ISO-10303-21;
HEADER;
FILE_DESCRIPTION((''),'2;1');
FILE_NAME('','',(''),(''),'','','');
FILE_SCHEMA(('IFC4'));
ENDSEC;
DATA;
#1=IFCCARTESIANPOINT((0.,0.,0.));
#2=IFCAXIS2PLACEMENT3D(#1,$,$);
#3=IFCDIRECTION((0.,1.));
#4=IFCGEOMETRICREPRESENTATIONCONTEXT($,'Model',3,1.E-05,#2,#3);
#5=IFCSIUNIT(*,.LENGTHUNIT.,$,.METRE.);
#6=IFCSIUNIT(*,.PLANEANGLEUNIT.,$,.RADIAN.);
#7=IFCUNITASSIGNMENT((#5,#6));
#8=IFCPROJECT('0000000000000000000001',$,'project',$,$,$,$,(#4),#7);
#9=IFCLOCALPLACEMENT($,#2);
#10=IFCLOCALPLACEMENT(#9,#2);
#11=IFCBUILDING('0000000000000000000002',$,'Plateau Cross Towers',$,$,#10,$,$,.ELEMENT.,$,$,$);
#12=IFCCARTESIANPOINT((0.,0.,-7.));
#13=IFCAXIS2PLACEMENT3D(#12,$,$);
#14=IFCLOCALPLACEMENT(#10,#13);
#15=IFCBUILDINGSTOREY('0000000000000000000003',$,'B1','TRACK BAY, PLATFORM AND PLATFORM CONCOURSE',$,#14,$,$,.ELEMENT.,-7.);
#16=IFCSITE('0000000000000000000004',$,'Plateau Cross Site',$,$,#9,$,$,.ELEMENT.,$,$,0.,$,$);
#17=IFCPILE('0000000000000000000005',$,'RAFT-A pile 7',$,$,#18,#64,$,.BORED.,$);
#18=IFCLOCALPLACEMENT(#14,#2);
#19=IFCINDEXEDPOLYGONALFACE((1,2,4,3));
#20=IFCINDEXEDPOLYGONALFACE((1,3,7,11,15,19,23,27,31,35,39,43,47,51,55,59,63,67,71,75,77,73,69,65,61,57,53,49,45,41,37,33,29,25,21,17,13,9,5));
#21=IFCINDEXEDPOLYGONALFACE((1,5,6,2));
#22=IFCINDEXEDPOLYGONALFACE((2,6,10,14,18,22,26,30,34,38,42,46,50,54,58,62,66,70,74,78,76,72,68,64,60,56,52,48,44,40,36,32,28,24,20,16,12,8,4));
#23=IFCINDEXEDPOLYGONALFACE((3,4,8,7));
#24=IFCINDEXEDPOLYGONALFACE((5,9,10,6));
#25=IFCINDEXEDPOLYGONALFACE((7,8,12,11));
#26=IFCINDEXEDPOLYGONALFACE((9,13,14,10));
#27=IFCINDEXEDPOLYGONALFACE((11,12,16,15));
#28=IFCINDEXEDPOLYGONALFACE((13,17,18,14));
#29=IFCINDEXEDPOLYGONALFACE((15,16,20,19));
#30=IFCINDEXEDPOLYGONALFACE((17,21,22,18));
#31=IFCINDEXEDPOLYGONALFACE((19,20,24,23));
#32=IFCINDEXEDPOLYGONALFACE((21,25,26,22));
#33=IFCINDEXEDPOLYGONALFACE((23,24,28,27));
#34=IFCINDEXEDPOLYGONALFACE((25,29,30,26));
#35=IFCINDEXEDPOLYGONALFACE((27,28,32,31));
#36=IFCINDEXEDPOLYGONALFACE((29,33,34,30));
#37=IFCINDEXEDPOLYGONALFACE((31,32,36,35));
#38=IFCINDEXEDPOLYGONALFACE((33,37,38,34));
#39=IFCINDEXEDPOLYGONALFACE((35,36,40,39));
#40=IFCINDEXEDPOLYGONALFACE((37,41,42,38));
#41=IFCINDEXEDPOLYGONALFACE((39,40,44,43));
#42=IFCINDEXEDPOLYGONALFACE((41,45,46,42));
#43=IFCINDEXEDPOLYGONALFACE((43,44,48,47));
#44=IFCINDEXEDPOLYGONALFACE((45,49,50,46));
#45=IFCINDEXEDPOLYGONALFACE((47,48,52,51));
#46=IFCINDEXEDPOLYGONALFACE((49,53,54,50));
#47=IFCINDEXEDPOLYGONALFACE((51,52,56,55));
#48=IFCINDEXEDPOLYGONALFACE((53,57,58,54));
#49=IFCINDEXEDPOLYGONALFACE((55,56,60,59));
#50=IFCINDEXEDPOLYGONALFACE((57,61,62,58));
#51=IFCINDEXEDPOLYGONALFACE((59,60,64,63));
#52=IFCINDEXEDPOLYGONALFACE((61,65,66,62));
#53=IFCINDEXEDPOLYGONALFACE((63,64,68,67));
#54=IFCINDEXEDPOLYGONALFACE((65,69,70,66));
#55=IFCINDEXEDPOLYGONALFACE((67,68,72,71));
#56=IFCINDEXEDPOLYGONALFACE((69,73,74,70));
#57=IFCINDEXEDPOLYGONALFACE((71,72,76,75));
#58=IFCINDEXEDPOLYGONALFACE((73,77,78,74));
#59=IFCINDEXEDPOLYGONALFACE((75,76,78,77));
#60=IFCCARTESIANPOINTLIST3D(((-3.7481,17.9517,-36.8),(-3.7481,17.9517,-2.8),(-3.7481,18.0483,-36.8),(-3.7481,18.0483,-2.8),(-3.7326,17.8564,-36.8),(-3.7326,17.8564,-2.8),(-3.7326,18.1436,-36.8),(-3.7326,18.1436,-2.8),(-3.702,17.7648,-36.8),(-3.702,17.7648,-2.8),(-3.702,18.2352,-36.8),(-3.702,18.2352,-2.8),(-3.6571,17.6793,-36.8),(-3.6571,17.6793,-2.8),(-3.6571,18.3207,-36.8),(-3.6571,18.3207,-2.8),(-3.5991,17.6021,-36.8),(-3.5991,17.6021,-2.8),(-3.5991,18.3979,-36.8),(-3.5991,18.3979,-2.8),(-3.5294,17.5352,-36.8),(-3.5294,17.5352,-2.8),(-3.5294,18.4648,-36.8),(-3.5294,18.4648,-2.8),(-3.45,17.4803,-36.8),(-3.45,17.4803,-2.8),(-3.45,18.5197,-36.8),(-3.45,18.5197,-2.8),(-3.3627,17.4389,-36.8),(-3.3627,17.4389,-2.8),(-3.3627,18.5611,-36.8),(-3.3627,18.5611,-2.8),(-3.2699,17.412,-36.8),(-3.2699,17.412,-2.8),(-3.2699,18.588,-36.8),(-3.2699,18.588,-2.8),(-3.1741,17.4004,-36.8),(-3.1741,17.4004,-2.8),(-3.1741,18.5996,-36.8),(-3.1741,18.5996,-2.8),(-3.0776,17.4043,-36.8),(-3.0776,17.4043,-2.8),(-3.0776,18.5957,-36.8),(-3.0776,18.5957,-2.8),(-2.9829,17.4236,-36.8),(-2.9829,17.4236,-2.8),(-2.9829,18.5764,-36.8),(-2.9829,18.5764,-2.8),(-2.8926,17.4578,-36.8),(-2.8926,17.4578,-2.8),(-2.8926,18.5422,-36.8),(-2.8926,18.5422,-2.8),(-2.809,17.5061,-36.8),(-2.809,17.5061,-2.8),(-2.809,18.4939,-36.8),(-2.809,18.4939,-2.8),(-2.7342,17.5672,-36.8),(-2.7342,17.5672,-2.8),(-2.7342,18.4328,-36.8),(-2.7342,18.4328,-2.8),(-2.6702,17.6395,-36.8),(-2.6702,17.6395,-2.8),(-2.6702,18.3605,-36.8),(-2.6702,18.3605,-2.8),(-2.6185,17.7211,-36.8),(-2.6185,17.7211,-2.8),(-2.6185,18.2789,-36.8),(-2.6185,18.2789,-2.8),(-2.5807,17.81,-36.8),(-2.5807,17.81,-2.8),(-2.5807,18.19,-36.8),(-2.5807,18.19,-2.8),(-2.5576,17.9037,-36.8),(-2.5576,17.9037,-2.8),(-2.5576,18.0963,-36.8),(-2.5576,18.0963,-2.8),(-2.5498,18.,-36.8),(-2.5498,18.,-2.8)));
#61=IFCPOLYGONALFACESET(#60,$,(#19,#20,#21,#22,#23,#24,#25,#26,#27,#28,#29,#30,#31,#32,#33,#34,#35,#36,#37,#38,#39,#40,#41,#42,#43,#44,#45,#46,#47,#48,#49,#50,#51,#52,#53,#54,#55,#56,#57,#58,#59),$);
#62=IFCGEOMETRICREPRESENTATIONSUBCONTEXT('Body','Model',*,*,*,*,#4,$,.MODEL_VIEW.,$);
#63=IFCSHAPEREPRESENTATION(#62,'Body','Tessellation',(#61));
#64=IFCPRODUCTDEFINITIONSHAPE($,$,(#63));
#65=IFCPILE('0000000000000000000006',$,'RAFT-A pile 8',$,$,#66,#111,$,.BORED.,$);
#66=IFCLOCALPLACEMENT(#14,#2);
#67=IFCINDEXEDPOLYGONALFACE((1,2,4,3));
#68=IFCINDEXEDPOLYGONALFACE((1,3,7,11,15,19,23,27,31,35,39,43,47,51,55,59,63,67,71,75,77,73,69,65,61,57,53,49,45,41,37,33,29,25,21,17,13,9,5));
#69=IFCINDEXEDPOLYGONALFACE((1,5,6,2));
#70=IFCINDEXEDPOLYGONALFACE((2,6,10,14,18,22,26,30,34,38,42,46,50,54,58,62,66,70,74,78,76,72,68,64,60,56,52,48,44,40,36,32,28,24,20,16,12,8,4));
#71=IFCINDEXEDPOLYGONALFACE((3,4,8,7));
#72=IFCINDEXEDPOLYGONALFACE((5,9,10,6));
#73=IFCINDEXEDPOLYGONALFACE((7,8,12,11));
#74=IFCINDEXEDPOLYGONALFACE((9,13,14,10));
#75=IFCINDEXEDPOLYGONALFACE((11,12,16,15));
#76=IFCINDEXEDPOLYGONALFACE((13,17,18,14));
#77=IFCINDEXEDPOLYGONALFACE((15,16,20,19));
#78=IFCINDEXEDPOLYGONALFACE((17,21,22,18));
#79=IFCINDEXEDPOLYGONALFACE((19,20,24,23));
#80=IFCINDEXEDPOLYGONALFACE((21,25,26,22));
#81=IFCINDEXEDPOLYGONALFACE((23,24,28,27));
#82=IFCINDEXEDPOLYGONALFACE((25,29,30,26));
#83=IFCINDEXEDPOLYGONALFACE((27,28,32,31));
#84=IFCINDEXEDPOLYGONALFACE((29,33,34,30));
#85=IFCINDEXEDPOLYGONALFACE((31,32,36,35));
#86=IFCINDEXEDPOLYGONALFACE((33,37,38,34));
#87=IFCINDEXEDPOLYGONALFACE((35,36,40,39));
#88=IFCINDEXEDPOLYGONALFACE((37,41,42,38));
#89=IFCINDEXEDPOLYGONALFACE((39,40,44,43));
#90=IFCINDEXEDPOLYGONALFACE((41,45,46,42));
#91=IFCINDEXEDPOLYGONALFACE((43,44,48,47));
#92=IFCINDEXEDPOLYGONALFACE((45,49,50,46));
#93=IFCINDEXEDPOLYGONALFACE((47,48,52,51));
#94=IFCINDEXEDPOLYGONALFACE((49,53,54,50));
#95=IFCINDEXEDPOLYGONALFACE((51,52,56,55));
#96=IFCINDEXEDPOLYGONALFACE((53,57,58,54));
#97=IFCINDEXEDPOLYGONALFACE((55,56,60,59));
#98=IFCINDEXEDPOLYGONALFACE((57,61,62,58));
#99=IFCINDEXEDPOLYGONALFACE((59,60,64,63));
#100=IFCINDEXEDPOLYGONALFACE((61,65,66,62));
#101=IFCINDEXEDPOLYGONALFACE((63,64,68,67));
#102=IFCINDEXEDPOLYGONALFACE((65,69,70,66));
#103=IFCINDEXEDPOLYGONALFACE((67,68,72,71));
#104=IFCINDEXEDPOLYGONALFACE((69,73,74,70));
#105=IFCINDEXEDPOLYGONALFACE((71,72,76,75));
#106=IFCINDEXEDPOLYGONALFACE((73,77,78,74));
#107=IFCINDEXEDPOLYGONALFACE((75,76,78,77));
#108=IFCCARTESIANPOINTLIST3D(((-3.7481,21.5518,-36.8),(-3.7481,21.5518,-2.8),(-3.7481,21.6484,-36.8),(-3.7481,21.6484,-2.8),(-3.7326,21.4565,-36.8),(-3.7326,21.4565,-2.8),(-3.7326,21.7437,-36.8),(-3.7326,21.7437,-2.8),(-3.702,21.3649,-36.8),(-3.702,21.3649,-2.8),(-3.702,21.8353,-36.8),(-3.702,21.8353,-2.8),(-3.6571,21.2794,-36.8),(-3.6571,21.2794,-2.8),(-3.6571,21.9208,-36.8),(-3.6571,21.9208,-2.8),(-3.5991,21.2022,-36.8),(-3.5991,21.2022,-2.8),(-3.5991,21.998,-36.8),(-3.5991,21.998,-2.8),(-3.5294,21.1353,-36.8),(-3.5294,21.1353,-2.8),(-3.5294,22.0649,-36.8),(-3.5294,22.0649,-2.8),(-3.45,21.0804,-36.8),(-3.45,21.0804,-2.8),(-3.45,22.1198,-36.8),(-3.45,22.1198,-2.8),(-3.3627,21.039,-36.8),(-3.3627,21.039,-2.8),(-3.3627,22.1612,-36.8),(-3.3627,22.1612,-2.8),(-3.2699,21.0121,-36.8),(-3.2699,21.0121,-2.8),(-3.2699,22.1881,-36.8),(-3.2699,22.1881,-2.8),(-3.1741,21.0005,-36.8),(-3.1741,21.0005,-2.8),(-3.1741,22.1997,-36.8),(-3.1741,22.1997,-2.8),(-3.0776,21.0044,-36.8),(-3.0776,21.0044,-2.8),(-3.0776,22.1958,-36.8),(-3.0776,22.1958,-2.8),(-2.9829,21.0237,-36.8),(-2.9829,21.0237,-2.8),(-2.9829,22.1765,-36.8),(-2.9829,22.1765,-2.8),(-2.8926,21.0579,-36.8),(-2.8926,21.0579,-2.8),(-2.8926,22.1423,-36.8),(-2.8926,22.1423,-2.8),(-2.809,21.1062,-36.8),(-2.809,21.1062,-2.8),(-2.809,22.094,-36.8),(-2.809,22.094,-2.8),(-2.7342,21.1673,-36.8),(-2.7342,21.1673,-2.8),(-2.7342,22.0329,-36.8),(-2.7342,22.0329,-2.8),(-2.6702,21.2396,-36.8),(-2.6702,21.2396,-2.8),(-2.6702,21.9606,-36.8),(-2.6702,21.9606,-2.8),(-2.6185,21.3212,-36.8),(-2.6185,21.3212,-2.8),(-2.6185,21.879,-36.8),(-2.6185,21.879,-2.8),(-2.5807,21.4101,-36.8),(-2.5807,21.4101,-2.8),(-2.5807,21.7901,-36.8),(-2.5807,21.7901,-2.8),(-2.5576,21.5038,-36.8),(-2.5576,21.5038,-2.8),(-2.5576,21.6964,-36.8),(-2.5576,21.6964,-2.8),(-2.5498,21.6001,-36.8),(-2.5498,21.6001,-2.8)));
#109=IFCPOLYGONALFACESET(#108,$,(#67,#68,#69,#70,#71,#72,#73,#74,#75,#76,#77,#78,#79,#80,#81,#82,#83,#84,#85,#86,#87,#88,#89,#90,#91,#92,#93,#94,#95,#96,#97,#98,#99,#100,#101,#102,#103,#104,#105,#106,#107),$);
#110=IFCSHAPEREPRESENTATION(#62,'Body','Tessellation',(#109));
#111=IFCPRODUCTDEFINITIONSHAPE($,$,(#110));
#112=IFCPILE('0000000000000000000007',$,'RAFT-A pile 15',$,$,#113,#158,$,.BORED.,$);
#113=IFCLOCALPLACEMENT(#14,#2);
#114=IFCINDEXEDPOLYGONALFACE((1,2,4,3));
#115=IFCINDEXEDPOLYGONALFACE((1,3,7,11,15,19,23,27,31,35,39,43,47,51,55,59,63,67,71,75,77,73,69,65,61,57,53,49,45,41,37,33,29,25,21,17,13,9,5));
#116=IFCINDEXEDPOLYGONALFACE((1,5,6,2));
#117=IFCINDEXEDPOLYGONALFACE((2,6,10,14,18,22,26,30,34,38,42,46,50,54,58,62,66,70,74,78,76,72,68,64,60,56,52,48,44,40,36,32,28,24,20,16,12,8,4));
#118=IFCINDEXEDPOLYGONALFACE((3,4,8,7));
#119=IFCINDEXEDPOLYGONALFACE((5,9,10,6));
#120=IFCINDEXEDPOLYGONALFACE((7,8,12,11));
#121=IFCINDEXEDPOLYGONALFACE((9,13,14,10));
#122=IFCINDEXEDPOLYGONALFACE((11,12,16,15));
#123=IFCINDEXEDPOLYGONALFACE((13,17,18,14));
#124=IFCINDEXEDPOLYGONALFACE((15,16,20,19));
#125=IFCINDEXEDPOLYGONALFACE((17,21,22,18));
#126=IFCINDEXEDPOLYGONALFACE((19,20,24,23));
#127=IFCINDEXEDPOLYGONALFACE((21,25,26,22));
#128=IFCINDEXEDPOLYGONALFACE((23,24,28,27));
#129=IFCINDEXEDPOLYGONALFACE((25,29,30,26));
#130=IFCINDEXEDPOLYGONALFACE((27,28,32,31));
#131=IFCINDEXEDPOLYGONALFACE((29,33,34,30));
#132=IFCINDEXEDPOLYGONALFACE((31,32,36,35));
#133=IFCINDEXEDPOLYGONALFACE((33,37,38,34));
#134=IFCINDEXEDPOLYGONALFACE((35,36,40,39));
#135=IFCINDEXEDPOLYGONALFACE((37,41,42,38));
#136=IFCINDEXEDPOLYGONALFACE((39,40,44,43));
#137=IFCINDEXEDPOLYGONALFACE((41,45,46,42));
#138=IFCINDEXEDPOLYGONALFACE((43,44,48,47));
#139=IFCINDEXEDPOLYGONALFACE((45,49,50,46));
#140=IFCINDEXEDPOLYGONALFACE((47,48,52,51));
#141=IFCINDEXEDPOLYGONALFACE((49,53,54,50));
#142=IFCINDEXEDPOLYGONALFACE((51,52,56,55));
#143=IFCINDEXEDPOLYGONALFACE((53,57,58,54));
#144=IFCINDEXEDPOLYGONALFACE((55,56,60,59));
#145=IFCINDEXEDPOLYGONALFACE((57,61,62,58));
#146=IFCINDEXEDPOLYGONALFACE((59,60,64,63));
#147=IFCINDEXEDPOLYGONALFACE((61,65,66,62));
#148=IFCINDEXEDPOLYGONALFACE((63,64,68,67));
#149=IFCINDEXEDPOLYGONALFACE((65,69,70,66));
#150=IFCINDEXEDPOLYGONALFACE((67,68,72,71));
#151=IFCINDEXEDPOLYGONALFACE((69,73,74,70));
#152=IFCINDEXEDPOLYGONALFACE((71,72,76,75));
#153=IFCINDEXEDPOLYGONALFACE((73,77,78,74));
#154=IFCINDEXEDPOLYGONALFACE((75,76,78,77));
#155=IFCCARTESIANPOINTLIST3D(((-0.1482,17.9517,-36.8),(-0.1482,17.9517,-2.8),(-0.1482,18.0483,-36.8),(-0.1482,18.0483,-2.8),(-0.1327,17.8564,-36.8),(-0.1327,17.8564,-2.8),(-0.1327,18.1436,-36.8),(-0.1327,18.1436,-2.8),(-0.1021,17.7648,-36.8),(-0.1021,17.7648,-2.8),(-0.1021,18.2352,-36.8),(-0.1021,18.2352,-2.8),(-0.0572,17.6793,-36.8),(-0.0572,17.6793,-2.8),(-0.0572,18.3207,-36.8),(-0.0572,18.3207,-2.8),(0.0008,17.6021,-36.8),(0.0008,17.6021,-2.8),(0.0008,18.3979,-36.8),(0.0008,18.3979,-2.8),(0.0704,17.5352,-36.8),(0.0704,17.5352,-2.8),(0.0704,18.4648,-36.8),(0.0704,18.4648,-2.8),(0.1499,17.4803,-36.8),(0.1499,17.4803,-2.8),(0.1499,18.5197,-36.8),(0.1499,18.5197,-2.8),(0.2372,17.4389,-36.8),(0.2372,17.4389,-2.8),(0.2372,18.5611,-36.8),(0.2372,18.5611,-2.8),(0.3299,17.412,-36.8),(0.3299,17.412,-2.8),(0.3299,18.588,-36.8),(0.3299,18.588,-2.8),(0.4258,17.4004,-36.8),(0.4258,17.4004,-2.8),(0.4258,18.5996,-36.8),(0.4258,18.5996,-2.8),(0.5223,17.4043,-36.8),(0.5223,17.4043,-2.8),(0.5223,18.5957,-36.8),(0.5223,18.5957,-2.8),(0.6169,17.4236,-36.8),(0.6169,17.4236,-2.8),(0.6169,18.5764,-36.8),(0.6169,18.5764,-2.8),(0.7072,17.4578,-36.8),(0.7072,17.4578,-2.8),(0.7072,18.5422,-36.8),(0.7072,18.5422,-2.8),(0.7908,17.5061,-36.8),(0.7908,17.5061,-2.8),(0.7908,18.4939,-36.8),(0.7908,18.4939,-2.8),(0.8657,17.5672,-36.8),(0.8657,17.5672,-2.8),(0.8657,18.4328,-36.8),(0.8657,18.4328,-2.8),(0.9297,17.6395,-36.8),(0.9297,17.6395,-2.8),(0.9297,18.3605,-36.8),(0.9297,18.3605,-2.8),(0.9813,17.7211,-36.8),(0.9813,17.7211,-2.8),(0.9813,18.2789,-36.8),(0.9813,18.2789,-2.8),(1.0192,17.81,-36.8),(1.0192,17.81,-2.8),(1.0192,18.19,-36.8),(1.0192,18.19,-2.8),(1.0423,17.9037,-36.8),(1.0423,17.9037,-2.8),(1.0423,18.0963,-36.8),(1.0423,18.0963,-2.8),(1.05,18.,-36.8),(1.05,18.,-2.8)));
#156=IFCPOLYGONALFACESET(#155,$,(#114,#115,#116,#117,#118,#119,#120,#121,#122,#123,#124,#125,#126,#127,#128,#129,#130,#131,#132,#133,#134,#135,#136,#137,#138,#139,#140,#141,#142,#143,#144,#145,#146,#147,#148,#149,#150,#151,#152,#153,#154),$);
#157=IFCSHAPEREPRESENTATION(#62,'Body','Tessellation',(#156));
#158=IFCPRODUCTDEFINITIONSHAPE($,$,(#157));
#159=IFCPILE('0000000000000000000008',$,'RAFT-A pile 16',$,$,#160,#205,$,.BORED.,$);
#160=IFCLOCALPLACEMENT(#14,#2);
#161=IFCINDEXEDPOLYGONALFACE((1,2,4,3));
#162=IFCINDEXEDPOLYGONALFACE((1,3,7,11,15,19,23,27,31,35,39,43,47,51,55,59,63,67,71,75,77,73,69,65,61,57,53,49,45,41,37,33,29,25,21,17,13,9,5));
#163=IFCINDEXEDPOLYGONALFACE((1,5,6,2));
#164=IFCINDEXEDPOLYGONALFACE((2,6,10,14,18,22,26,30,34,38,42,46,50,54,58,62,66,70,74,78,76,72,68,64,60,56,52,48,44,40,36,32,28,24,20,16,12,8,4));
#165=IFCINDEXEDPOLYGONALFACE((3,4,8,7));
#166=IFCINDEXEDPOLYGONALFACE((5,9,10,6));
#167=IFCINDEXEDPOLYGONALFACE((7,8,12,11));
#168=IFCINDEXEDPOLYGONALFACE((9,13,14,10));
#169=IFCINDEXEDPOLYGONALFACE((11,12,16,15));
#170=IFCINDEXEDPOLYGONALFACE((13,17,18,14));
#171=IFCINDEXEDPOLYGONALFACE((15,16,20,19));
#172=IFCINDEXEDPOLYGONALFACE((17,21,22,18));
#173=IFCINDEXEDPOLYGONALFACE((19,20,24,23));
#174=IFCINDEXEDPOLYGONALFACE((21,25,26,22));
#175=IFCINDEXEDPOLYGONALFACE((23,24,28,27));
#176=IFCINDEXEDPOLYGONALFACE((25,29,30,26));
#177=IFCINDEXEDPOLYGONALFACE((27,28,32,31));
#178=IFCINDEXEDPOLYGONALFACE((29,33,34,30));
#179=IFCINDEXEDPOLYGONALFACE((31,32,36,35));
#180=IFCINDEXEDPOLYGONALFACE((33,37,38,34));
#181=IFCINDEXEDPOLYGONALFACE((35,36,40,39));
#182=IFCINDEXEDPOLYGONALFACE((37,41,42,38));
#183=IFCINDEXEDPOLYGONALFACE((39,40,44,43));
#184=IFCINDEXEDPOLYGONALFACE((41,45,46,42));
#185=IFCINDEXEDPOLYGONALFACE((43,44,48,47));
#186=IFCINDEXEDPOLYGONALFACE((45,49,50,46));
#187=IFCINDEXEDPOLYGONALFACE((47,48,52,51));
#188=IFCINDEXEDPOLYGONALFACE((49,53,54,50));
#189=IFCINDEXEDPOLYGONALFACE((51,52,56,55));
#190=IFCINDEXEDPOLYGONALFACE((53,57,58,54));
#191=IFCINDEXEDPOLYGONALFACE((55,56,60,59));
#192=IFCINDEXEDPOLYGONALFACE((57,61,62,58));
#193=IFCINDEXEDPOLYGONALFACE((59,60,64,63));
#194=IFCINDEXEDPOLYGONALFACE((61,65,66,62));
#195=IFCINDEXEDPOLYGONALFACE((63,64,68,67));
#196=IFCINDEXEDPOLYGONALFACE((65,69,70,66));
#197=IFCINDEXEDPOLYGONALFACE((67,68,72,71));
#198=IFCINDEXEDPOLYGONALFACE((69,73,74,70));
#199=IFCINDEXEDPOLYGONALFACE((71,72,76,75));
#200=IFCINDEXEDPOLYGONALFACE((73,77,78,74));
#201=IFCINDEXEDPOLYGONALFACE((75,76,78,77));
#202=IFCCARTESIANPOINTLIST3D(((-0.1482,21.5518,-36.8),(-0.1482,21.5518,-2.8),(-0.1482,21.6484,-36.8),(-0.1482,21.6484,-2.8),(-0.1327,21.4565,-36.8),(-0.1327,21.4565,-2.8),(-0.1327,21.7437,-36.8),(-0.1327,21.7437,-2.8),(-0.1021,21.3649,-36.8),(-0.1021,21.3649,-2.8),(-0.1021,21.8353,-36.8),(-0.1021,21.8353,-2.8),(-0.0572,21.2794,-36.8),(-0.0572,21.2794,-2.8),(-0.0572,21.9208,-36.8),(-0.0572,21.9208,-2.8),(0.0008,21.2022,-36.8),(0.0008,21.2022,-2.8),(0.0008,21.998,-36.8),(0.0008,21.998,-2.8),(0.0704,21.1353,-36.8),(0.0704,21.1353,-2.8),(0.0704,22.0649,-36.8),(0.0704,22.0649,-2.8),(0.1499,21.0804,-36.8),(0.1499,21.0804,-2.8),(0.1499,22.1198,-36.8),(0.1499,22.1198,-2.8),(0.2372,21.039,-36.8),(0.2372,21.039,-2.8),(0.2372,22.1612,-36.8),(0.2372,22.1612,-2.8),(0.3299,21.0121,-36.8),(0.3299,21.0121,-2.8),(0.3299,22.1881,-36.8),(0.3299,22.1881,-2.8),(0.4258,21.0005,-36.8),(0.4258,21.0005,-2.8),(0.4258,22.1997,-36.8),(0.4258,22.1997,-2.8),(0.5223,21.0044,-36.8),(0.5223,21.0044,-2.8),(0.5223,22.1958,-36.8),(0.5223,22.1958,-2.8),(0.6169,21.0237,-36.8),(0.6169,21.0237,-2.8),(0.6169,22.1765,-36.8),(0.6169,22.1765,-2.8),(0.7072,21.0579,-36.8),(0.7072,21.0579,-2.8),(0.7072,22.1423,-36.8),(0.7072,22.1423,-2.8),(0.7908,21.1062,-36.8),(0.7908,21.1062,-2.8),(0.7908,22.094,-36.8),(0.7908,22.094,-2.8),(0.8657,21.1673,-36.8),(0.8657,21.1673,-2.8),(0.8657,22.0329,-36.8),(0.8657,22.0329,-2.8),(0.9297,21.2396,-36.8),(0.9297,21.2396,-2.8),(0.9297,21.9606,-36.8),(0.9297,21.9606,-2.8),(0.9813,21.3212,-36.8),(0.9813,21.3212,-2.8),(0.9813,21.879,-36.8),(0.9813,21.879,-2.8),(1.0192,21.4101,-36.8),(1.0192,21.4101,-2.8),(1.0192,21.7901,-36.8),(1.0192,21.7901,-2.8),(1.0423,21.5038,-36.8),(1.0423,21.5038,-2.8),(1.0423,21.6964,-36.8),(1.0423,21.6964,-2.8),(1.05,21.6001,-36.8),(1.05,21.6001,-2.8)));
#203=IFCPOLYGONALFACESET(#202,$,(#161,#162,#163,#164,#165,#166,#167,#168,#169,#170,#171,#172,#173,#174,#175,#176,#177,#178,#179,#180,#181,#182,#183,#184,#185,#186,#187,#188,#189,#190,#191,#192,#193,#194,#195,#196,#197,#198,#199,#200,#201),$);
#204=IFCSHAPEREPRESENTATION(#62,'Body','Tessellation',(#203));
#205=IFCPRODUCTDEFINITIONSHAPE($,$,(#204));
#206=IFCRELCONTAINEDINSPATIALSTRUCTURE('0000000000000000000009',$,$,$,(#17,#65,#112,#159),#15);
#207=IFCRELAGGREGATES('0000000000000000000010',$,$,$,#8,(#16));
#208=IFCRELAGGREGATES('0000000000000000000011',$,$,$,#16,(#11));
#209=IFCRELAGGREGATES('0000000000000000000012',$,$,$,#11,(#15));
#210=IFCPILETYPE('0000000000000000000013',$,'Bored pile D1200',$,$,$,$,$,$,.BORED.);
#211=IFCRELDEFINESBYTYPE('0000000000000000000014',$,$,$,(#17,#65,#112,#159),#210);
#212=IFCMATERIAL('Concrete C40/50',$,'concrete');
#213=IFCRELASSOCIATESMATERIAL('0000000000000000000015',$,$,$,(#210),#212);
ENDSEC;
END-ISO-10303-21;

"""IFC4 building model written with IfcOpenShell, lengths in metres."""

from ifc_helpers import new_model, si_unit, direction, frame, origin, origin_2d, place, context, subcontext, project, spatial, circle, extrude, material, material_profile, profile_set, type_object, element, save


model = new_model("IFC4")

# Units and contexts
model_context = context("Model", 3, precision=1e-05, world=origin(), true_north=direction((0.0, 1.0)))
body_context = subcontext(model_context, "Body", "Model", "MODEL_VIEW")
ifc_project = project(units=[si_unit("LENGTHUNIT", "METRE"), si_unit("PLANEANGLEUNIT", "RADIAN")], contexts=[model_context])

# Site, building, storey
site_placement = place(None, origin())
site = spatial("IfcSite", under=ifc_project, at=site_placement, Name="Plateau Cross Site", CompositionType="ELEMENT", RefElevation=0.0)
building_placement = place(site_placement, origin())
building = spatial("IfcBuilding", under=site, at=building_placement, Name="Plateau Cross Towers", CompositionType="ELEMENT")
storey_placement = place(building_placement, frame((0.0, 0.0, -7.0)))
storey = spatial("IfcBuildingStorey", under=building, at=storey_placement, Name="B1", Description="TRACK BAY, PLATFORM AND PLATFORM CONCOURSE", CompositionType="ELEMENT", Elevation=-7.0)

# Piles
ifc_material_1 = material(Name="Concrete C40/50", Category="concrete")
ifc_material_profile_1 = material_profile(ifc_material_1, circle(Radius=0.6001, at=origin_2d()), Name="Bored pile D1200")
ifc_profile_set_1 = profile_set([ifc_material_profile_1], Name="Concrete C40/50")
pile_type = type_object("IfcPileType", Name="Bored pile D1200", PredefinedType="BORED", material=ifc_profile_set_1)
for number, where, z_axis, x_axis, name in (
    (1, (-3.1499, 18.0, -2.8), (0.0, 0.0, -1.0), (1.0, 0.0, 0.0), "RAFT-A pile 7"),
    (2, (-3.1499, 21.6001, -2.8), (0.0, 0.0, -1.0), (1.0, 0.0, 0.0), "RAFT-A pile 8"),
    (3, (0.45, 18.0, -2.8), (0.0, 0.0, -1.0), (1.0, 0.0, 0.0), "RAFT-A pile 15"),
    (4, (0.45, 21.6001, -2.8), (0.0, 0.0, -1.0), (1.0, 0.0, 0.0), "RAFT-A pile 16"),
):
    element("IfcPile", number, at=place(storey_placement, frame(where, z_axis=z_axis, x_axis=x_axis)), inside=storey, type_object=pile_type, Name=name, PredefinedType="BORED", context=body_context, shape_type="SweptSolid", body=[
        extrude(circle(Radius=0.6001, at=origin_2d()), origin(), (0.0, 0.0, 1.0), 34.0),
    ])

save(model, "model.ifc")
